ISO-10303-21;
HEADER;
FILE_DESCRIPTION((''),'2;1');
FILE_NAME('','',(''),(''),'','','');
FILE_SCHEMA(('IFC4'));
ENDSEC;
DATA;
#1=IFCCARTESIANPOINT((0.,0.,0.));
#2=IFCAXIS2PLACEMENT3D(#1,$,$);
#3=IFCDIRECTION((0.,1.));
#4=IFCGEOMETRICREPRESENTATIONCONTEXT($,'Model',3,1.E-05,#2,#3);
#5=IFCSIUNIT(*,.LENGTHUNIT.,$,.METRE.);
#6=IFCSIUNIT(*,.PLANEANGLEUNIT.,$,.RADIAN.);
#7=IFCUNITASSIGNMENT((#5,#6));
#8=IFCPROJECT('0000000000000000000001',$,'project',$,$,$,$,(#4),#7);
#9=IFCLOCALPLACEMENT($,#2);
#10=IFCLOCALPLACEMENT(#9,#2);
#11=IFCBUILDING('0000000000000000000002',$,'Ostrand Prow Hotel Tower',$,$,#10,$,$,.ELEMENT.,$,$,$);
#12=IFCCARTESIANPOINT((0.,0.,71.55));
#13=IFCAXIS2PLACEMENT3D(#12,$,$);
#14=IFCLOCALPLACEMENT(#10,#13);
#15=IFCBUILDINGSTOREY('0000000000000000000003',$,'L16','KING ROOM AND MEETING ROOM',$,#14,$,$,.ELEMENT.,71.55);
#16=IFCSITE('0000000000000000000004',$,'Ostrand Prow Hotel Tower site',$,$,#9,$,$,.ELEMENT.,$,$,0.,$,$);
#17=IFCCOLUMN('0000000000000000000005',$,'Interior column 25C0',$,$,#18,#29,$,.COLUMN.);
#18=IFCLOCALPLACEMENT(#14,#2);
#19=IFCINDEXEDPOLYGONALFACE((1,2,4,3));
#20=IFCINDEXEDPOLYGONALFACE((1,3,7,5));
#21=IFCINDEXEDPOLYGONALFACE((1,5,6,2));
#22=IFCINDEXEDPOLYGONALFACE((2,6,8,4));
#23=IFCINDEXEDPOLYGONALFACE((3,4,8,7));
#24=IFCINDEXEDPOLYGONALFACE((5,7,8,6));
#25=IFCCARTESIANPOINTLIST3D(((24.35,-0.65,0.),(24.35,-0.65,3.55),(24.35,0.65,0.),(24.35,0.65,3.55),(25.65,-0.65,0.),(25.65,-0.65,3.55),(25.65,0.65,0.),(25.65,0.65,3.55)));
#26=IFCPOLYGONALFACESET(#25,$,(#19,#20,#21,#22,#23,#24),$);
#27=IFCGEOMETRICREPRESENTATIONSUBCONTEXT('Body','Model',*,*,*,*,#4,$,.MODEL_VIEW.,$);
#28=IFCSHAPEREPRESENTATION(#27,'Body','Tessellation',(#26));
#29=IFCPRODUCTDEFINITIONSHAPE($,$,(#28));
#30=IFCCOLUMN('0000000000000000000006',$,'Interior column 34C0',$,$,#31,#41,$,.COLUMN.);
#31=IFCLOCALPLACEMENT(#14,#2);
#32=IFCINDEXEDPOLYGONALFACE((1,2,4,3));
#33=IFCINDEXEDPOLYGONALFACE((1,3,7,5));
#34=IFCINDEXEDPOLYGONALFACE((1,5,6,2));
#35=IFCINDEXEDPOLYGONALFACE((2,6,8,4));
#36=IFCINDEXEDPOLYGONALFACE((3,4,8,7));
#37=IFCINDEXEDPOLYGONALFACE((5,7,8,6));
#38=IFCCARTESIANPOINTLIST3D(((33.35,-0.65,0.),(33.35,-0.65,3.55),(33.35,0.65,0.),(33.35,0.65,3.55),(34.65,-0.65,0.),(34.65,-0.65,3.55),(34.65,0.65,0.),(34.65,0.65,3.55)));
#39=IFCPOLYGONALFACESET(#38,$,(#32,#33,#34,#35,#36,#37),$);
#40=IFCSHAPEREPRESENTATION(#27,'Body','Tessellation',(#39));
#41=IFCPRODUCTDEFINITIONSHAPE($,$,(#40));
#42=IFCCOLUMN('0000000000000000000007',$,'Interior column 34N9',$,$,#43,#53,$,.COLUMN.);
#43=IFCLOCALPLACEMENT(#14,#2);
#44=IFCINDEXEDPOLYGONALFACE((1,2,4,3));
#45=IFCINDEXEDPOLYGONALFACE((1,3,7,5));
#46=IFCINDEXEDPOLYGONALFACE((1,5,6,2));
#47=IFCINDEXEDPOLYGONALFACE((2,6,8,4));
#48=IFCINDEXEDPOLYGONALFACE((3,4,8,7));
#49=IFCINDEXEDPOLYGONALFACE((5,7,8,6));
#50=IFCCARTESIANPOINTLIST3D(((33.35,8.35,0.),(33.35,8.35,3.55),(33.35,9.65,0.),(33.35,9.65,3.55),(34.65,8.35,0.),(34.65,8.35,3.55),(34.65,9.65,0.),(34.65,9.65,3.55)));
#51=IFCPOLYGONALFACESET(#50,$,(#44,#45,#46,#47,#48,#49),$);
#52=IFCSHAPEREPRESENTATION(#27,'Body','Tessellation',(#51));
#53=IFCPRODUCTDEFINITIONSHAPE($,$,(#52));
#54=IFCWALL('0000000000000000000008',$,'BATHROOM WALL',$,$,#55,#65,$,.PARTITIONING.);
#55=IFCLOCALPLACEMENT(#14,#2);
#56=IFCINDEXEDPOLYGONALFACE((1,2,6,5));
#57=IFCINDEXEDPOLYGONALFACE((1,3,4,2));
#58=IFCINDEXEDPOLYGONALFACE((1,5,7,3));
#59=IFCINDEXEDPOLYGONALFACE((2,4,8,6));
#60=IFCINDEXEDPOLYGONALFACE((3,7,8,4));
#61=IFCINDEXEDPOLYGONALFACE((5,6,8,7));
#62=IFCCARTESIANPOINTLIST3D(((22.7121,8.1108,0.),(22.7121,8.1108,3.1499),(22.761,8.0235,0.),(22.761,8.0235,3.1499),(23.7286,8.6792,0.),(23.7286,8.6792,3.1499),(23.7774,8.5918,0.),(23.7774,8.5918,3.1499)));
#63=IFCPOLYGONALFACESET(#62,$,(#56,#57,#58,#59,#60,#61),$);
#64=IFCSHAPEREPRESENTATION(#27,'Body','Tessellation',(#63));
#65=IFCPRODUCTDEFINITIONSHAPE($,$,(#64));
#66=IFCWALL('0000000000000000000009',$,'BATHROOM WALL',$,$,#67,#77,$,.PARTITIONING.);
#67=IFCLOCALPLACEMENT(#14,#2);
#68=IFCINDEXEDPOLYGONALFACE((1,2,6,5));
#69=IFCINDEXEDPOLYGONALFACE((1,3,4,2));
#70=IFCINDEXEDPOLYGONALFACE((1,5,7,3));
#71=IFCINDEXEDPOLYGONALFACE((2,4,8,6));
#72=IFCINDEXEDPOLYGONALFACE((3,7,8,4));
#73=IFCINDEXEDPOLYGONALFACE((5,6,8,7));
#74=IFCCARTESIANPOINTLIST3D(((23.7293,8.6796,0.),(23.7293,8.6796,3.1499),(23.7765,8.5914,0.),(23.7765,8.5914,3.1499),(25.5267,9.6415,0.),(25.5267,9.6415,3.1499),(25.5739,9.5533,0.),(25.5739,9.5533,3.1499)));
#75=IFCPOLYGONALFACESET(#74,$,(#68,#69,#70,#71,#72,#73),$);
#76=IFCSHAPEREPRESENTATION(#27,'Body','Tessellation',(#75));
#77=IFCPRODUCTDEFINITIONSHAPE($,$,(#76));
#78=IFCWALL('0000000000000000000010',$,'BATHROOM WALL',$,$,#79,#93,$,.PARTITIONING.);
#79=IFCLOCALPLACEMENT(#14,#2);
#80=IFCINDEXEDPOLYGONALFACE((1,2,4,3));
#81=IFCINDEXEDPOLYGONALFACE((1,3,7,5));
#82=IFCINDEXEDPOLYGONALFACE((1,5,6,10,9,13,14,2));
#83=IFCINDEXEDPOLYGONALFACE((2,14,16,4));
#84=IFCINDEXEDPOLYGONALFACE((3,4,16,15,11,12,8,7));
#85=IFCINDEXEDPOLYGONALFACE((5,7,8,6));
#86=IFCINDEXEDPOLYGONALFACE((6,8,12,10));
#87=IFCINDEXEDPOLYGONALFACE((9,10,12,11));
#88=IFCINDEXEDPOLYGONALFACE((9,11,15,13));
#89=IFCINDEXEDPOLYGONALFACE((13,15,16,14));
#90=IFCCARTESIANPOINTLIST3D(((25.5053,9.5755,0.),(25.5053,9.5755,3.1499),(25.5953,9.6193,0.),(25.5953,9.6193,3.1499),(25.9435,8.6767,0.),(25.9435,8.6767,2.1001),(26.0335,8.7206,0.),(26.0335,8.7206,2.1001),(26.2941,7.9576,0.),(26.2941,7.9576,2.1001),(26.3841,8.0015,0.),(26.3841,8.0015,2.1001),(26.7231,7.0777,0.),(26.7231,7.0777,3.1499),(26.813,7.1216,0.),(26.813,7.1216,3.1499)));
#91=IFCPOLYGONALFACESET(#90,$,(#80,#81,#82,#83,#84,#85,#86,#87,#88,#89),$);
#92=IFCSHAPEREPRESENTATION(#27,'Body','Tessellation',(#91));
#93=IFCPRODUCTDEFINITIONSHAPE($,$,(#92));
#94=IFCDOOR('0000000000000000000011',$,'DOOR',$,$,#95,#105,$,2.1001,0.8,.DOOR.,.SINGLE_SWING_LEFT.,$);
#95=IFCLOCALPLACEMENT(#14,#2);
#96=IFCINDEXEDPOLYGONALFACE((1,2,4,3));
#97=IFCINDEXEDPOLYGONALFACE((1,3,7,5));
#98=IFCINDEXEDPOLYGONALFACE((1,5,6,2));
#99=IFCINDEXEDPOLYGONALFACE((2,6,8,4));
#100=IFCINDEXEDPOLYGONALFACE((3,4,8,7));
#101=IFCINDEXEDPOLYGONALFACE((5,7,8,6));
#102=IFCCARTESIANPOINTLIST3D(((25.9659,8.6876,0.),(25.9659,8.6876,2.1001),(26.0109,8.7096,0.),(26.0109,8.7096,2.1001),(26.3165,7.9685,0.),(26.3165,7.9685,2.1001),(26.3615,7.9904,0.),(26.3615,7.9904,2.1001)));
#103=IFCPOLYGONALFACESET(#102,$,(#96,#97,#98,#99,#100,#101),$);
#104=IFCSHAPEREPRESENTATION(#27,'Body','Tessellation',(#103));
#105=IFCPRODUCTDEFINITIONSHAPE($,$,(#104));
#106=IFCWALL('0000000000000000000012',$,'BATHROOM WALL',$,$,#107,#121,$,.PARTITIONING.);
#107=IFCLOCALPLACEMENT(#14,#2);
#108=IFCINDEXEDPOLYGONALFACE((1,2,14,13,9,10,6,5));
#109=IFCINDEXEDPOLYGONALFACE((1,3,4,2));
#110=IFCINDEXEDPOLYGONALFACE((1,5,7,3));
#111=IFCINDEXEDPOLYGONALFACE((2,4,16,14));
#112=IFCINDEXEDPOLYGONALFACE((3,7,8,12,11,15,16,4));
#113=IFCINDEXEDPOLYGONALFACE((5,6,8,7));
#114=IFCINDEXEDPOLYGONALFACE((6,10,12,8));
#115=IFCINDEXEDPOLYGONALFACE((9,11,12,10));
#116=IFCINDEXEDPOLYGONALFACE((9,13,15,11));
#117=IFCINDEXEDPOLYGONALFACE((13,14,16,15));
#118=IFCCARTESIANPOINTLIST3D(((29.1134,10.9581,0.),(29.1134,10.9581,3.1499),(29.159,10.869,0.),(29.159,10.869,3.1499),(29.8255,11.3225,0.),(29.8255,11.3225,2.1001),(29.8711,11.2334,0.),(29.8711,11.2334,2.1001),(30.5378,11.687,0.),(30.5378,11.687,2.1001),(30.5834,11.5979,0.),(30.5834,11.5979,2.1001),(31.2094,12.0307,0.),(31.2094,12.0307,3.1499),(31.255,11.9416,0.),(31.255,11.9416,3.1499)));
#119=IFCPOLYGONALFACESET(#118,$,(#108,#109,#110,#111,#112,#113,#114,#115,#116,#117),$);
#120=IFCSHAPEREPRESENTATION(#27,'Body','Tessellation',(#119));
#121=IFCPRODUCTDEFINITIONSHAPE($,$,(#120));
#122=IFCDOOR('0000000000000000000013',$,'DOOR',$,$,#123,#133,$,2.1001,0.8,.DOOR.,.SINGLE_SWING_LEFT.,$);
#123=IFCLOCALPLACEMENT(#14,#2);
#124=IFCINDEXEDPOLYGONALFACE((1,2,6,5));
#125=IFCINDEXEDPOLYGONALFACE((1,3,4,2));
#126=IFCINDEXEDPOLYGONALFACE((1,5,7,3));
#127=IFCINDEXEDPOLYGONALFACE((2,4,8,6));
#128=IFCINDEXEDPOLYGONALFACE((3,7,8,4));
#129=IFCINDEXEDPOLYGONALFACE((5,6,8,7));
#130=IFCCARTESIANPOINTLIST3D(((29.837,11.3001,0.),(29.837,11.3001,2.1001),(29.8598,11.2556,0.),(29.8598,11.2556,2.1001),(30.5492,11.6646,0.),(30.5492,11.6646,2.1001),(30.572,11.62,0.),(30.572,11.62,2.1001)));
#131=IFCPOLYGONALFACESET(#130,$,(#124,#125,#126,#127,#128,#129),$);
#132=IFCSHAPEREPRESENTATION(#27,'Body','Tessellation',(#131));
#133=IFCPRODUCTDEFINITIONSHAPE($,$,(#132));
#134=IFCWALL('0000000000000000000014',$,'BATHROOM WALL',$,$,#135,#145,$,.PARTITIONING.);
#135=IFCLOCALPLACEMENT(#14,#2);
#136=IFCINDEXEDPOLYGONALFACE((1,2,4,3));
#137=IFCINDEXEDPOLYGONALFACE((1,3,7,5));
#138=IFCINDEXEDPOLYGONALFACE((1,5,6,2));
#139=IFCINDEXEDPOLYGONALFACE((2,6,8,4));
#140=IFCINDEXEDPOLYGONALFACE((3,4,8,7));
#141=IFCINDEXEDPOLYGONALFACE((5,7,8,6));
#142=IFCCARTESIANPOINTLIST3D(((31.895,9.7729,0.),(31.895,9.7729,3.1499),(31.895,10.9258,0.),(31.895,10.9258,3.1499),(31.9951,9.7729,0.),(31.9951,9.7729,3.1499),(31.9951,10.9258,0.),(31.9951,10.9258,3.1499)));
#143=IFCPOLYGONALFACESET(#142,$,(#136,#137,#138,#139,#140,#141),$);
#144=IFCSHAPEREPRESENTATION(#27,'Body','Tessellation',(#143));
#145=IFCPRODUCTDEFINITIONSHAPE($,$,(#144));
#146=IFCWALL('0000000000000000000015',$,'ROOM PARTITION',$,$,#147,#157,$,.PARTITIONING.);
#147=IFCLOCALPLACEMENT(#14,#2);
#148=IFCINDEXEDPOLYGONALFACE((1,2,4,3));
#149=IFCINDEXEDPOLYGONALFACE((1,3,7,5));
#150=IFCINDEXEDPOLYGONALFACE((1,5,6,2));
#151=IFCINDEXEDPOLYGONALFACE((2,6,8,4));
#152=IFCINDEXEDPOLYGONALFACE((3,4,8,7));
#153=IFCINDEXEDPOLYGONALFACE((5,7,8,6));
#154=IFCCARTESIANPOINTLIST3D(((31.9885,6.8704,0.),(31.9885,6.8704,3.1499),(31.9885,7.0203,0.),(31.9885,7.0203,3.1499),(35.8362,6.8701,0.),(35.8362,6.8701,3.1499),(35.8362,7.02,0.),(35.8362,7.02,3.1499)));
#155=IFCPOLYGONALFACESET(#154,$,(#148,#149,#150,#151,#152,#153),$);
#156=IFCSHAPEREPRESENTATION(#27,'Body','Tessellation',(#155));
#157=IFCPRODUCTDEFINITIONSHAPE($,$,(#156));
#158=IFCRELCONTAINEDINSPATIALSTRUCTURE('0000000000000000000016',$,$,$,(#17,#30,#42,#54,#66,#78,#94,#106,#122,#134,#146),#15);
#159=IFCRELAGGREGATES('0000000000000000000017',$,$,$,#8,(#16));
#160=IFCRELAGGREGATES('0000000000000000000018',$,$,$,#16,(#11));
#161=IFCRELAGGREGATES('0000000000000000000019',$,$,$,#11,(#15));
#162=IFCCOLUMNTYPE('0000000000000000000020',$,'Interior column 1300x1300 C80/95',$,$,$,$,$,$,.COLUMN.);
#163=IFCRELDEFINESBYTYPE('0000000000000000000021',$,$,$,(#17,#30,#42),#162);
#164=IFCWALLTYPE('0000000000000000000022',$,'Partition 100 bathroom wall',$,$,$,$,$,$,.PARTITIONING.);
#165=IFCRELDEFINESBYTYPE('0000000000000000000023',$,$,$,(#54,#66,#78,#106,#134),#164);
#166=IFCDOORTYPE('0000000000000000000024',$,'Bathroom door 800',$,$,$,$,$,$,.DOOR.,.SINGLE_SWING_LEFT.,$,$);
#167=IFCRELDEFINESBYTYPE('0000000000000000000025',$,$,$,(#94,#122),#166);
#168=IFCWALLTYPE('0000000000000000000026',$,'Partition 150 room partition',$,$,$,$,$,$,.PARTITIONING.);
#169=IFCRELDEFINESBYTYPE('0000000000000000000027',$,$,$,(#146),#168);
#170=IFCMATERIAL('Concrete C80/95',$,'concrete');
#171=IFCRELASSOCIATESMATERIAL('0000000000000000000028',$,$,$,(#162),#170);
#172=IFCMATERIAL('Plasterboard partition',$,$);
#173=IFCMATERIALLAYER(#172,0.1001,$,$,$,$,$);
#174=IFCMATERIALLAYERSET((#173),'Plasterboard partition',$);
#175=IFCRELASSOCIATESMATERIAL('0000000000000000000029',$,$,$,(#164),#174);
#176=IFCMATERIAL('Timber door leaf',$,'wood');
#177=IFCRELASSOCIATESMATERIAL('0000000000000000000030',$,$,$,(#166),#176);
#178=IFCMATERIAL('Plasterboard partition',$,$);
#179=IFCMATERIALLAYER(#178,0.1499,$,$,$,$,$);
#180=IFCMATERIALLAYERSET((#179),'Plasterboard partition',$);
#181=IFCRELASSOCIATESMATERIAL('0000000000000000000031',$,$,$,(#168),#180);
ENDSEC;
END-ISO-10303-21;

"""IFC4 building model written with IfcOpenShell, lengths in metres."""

from ifc_helpers import new_model, si_unit, direction, frame, frame_2d, origin, origin_2d, place, context, subcontext, project, spatial, rectangle, extrude, material, layer, layer_set, material_profile, profile_set, type_object, element, fill, save


model = new_model("IFC4")

# Units and contexts
model_context = context("Model", 3, precision=1e-05, world=origin(), true_north=direction((0.0, 1.0)))
body_context = subcontext(model_context, "Body", "Model", "MODEL_VIEW")
ifc_project = project(units=[si_unit("LENGTHUNIT", "METRE"), si_unit("PLANEANGLEUNIT", "RADIAN")], contexts=[model_context])

# Site, building, storey
site_placement = place(None, origin())
site = spatial("IfcSite", under=ifc_project, at=site_placement, Name="Ostrand Prow Hotel Tower site", CompositionType="ELEMENT", RefElevation=0.0)
building_placement = place(site_placement, origin())
building = spatial("IfcBuilding", under=site, at=building_placement, Name="Ostrand Prow Hotel Tower", CompositionType="ELEMENT")
storey_placement = place(building_placement, frame((0.0, 0.0, 71.55)))
storey = spatial("IfcBuildingStorey", under=building, at=storey_placement, Name="L16", Description="KING ROOM AND MEETING ROOM", CompositionType="ELEMENT", Elevation=71.55)

# Columns
ifc_material_1 = material(Name="Concrete C80/95", Category="concrete")
ifc_material_profile = material_profile(ifc_material_1, rectangle(XDim=1.3, YDim=1.3, at=origin_2d()), Name="RC 1300x1300")
ifc_profile_set = profile_set([ifc_material_profile], Name="Concrete C80/95")
column_type = type_object("IfcColumnType", Name="Interior column 1300x1300 C80/95", PredefinedType="COLUMN", material=ifc_profile_set)
for number, where, z_axis, x_axis, name in (
    (1, (25.0, 0.0, 0.0), (0.0, 0.0, 1.0), (1.0, 0.0, 0.0), "Interior column 25C0"),
    (2, (34.0, 0.0, 0.0), (0.0, 0.0, 1.0), (1.0, 0.0, 0.0), "Interior column 34C0"),
    (3, (34.0, 9.0, 0.0), (0.0, 0.0, 1.0), (1.0, 0.0, 0.0), "Interior column 34N9"),
):
    element("IfcColumn", number, at=place(storey_placement, frame(where, z_axis=z_axis, x_axis=x_axis)), inside=storey, type_object=column_type, Name=name, PredefinedType="COLUMN", context=body_context, shape_type="SweptSolid", body=[
        extrude(rectangle(XDim=1.3, YDim=1.3, at=origin_2d()), origin(), (0.0, 0.0, 1.0), 3.55),
    ])

# Walls
ifc_material_2 = material(Name="Plasterboard partition")
ifc_layer_1 = layer(ifc_material_2, 0.1001)
ifc_layer_set_1 = layer_set([ifc_layer_1], Name="Plasterboard partition")
wall_type_1 = type_object("IfcWallType", Name="Partition 100 bathroom wall", PredefinedType="PARTITIONING", material=ifc_layer_set_1)
wall_1_placement = place(storey_placement, frame((22.7366, 8.0671, 0.0), z_axis=(0.0, 0.0, 1.0), x_axis=(0.872799, 0.48808, 0.0)))
element("IfcWall", 4, at=wall_1_placement, inside=storey, type_object=wall_type_1, Name="BATHROOM WALL", PredefinedType="PARTITIONING", context=body_context, shape_type="SweptSolid", body=[
    extrude(rectangle(XDim=1.1646, YDim=0.1001, at=frame_2d((0.5823, 0.0))), origin(), (0.0, 0.0, 1.0), 3.1499),
])
wall_2_placement = place(storey_placement, frame((23.7529, 8.6355, 0.0), z_axis=(0.0, 0.0, 1.0), x_axis=(0.881676, 0.471856, 0.0)))
element("IfcWall", 5, at=wall_2_placement, inside=storey, type_object=wall_type_1, Name="BATHROOM WALL", PredefinedType="PARTITIONING", context=body_context, shape_type="SweptSolid", body=[
    extrude(rectangle(XDim=2.0386, YDim=0.1001, at=frame_2d((1.0193, 0.0))), origin(), (0.0, 0.0, 1.0), 3.1499),
])

# Walls, openings, doors
wall_3_placement = place(storey_placement, frame((25.5503, 9.5974, 0.0), z_axis=(0.0, 0.0, 1.0), x_axis=(0.43823, -0.898863, 0.0)))
wall_3 = element("IfcWall", 6, at=wall_3_placement, inside=storey, type_object=wall_type_1, Name="BATHROOM WALL", PredefinedType="PARTITIONING", context=body_context, shape_type="SweptSolid", body=[
    extrude(rectangle(XDim=2.7788, YDim=0.1001, at=frame_2d((1.3894, 0.0))), origin(), (0.0, 0.0, 1.0), 3.1499),
])
opening_1_placement = place(wall_3_placement, frame((1.0, 0.0, 0.0)))
opening_1 = element("IfcOpeningElement", 7, at=opening_1_placement, cuts=wall_3, PredefinedType="OPENING", context=body_context, shape_type="SweptSolid", body=[
    extrude(rectangle(XDim=0.8, YDim=2.1001, at=frame_2d((0.3999, 1.05))), frame((0.0, 0.0601, 0.0), z_axis=(0.0, -1.0, 0.0), x_axis=(1.0, 0.0, 0.0)), (0.0, 0.0, 1.0), 0.1201),
])
ifc_material_3 = material(Name="Timber door leaf", Category="wood")
door_type_1 = type_object("IfcDoorType", Name="Bathroom door 800", OperationType="SINGLE_SWING_LEFT", PredefinedType="DOOR", material=ifc_material_3)
door_1_placement = place(opening_1_placement, origin())
door_1 = element("IfcDoor", 8, at=door_1_placement, inside=storey, type_object=door_type_1, Name="DOOR", OperationType="SINGLE_SWING_LEFT", OverallHeight=2.1001, OverallWidth=0.8, PredefinedType="DOOR", context=body_context, shape_type="SweptSolid", body=[
    extrude(rectangle(XDim=0.8, YDim=2.1001, at=frame_2d((0.3999, 1.05))), frame((0.0, 0.0249, 0.0), z_axis=(0.0, -1.0, 0.0), x_axis=(1.0, 0.0, 0.0)), (0.0, 0.0, 1.0), 0.05),
])
fill(opening_1, door_1)
wall_4_placement = place(storey_placement, frame((29.1362, 10.9136, 0.0), z_axis=(0.0, 0.0, 1.0), x_axis=(0.89022, 0.455531, 0.0)))
wall_4 = element("IfcWall", 9, at=wall_4_placement, inside=storey, type_object=wall_type_1, Name="BATHROOM WALL", PredefinedType="PARTITIONING", context=body_context, shape_type="SweptSolid", body=[
    extrude(rectangle(XDim=2.3545, YDim=0.1001, at=frame_2d((1.1772, 0.0))), origin(), (0.0, 0.0, 1.0), 3.1499),
])
opening_2_placement = place(wall_4_placement, frame((0.8, 0.0, 0.0)))
opening_2 = element("IfcOpeningElement", 10, at=opening_2_placement, cuts=wall_4, PredefinedType="OPENING", context=body_context, shape_type="SweptSolid", body=[
    extrude(rectangle(XDim=0.8, YDim=2.1001, at=frame_2d((0.3999, 1.05))), frame((0.0, 0.0601, 0.0), z_axis=(0.0, -1.0, 0.0), x_axis=(1.0, 0.0, 0.0)), (0.0, 0.0, 1.0), 0.1201),
])
door_2_placement = place(opening_2_placement, origin())
door_2 = element("IfcDoor", 11, at=door_2_placement, inside=storey, type_object=door_type_1, Name="DOOR", OperationType="SINGLE_SWING_LEFT", OverallHeight=2.1001, OverallWidth=0.8, PredefinedType="DOOR", context=body_context, shape_type="SweptSolid", body=[
    extrude(rectangle(XDim=0.8, YDim=2.1001, at=frame_2d((0.3999, 1.05))), frame((0.0, 0.0249, 0.0), z_axis=(0.0, -1.0, 0.0), x_axis=(1.0, 0.0, 0.0)), (0.0, 0.0, 1.0), 0.05),
])
fill(opening_2, door_2)

# Walls
wall_5_placement = place(storey_placement, frame((31.9451, 10.9258, 0.0), z_axis=(0.0, 0.0, 1.0), x_axis=(0.0, -1.0, 0.0)))
element("IfcWall", 12, at=wall_5_placement, inside=storey, type_object=wall_type_1, Name="BATHROOM WALL", PredefinedType="PARTITIONING", context=body_context, shape_type="SweptSolid", body=[
    extrude(rectangle(XDim=1.1528, YDim=0.1001, at=frame_2d((0.5764, 0.0))), origin(), (0.0, 0.0, 1.0), 3.1499),
])
ifc_material_4 = material(Name="Plasterboard partition")
ifc_layer_2 = layer(ifc_material_4, 0.1499)
ifc_layer_set_2 = layer_set([ifc_layer_2], Name="Plasterboard partition")
wall_type_2 = type_object("IfcWallType", Name="Partition 150 room partition", PredefinedType="PARTITIONING", material=ifc_layer_set_2)
wall_6_placement = place(storey_placement, frame((31.9885, 6.9453, 0.0), z_axis=(0.0, 0.0, 1.0), x_axis=(1.0, -0.000063, 0.0)))
element("IfcWall", 13, at=wall_6_placement, inside=storey, type_object=wall_type_2, Name="ROOM PARTITION", PredefinedType="PARTITIONING", context=body_context, shape_type="SweptSolid", body=[
    extrude(rectangle(XDim=3.8477, YDim=0.1499, at=frame_2d((1.9238, 0.0))), origin(), (0.0, 0.0, 1.0), 3.1499),
])

save(model, "model.ifc")
